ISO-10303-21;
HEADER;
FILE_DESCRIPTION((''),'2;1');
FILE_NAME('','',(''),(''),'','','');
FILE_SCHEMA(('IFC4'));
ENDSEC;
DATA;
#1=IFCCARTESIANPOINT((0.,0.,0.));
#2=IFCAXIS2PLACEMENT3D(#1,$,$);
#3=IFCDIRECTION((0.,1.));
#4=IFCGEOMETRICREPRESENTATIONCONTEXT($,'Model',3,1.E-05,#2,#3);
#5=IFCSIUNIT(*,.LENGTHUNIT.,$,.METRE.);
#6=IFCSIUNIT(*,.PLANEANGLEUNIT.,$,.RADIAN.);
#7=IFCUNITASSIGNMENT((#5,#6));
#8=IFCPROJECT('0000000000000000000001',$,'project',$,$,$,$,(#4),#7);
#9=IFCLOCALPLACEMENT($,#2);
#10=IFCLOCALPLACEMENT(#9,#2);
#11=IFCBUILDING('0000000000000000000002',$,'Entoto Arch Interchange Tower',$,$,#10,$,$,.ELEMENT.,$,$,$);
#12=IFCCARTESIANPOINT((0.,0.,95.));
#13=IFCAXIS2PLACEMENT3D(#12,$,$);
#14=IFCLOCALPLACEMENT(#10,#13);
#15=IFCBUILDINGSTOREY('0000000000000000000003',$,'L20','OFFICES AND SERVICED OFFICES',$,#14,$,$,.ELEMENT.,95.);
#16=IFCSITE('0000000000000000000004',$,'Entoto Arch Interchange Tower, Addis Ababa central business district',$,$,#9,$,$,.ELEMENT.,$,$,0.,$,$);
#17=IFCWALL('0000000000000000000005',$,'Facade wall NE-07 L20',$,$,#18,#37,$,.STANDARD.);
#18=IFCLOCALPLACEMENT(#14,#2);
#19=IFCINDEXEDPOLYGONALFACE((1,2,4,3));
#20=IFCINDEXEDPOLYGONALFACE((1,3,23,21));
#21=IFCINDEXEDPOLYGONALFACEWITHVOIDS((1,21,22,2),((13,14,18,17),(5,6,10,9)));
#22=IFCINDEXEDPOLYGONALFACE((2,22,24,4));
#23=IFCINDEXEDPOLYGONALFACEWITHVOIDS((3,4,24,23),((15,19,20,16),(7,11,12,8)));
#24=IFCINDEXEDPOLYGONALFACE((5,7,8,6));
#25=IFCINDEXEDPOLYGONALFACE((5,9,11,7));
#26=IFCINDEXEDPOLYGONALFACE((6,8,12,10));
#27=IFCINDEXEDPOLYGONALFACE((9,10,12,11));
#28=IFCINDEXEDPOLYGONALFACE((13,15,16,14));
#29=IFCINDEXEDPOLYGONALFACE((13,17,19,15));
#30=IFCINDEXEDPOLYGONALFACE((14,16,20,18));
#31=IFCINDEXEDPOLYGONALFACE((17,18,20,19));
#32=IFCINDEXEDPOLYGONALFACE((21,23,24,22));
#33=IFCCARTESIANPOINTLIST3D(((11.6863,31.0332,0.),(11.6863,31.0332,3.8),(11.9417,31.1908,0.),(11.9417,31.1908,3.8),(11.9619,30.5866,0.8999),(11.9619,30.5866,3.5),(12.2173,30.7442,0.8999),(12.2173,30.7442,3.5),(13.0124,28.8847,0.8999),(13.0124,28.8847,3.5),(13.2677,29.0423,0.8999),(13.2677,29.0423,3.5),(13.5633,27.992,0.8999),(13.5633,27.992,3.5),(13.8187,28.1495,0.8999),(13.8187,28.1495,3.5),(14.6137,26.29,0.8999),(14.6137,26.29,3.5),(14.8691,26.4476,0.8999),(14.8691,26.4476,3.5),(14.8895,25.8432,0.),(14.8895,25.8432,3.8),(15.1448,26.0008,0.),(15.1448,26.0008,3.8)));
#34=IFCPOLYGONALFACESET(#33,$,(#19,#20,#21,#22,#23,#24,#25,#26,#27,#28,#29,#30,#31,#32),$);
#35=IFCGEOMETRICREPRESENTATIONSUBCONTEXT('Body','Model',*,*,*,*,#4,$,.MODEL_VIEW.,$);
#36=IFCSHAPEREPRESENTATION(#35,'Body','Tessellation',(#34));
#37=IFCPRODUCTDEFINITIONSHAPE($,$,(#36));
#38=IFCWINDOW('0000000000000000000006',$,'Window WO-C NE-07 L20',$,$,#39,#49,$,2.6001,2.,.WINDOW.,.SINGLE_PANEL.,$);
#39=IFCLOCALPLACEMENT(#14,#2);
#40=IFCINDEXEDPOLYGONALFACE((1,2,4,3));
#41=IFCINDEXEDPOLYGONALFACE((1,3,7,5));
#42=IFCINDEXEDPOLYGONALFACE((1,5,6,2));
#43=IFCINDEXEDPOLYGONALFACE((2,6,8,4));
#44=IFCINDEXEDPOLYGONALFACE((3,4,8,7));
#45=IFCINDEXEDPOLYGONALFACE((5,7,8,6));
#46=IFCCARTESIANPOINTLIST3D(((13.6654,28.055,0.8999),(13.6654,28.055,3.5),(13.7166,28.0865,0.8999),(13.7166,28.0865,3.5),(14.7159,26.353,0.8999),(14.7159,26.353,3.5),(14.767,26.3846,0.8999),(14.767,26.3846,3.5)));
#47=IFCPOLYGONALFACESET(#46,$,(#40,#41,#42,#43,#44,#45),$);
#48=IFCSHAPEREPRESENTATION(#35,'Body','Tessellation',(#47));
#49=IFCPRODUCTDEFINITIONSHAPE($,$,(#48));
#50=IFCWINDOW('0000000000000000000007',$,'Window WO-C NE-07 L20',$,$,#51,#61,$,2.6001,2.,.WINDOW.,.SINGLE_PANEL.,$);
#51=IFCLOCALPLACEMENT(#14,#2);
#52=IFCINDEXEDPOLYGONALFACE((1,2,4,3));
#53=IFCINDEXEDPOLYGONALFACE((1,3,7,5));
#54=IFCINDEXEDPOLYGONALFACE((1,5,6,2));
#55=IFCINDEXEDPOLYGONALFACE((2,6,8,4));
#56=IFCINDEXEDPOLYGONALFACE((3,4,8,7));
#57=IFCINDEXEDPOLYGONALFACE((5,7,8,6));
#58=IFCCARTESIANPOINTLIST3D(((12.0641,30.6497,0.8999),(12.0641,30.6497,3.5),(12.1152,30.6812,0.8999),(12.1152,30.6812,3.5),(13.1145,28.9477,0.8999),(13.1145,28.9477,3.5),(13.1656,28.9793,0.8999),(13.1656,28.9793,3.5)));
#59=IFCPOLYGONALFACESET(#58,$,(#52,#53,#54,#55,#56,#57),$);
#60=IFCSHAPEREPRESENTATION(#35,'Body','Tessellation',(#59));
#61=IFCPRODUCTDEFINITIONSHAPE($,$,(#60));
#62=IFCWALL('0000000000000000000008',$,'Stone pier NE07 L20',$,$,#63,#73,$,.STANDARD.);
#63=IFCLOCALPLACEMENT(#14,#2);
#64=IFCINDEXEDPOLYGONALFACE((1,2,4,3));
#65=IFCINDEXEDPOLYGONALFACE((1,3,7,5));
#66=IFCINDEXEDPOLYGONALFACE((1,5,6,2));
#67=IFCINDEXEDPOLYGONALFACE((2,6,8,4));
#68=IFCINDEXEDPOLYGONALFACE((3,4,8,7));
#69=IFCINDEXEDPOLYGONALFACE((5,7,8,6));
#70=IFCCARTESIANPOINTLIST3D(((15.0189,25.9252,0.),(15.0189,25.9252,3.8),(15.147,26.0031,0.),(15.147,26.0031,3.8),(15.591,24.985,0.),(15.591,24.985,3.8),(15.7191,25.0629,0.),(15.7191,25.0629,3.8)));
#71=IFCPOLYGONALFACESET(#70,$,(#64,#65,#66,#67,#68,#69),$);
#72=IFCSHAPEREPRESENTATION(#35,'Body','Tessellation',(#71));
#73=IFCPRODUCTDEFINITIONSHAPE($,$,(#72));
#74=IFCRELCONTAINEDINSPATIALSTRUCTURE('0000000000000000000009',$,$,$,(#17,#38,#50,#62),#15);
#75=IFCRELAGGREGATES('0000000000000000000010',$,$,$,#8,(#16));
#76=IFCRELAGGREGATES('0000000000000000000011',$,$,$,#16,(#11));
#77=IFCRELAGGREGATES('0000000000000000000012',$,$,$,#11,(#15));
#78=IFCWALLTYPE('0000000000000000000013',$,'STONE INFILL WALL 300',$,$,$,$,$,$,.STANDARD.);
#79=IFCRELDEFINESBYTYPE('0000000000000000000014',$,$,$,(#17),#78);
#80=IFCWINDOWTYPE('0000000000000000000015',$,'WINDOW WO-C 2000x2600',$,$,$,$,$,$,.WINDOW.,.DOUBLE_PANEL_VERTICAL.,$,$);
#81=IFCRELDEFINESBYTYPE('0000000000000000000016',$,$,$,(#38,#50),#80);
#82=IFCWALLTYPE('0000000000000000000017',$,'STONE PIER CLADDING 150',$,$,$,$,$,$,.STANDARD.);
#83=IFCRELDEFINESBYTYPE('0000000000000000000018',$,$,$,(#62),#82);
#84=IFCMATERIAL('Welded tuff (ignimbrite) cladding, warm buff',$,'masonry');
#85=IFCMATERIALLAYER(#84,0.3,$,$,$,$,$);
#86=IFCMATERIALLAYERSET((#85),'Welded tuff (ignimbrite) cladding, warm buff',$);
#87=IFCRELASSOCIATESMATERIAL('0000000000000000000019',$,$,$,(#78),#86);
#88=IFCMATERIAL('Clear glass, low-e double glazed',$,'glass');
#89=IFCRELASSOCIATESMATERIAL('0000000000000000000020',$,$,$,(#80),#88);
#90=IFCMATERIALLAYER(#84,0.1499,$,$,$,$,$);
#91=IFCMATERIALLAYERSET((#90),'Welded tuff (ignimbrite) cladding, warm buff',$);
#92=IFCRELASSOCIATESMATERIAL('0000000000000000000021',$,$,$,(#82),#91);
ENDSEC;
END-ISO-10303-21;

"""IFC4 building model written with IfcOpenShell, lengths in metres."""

from ifc_helpers import new_model, si_unit, direction, frame, frame_2d, origin, place, context, subcontext, project, spatial, rectangle, extrude, material, layer, layer_set, type_object, element, fill, save


model = new_model("IFC4")

# Units and contexts
model_context = context("Model", 3, precision=1e-05, world=origin(), true_north=direction((0.0, 1.0)))
body_context = subcontext(model_context, "Body", "Model", "MODEL_VIEW")
ifc_project = project(units=[si_unit("LENGTHUNIT", "METRE"), si_unit("PLANEANGLEUNIT", "RADIAN")], contexts=[model_context])

# Site, building, storey
site_placement = place(None, origin())
site = spatial("IfcSite", under=ifc_project, at=site_placement, Name="Entoto Arch Interchange Tower, Addis Ababa central business district", CompositionType="ELEMENT", RefElevation=0.0)
building_placement = place(site_placement, origin())
building = spatial("IfcBuilding", under=site, at=building_placement, Name="Entoto Arch Interchange Tower", CompositionType="ELEMENT")
storey_placement = place(building_placement, frame((0.0, 0.0, 95.0)))
storey = spatial("IfcBuildingStorey", under=building, at=storey_placement, Name="L20", Description="OFFICES AND SERVICED OFFICES", CompositionType="ELEMENT", Elevation=95.0)

# Wall, openings, windows
ifc_material_1 = material(Name="Welded tuff (ignimbrite) cladding, warm buff", Category="masonry")
ifc_layer_1 = layer(ifc_material_1, 0.3)
ifc_layer_set_1 = layer_set([ifc_layer_1], Name="Welded tuff (ignimbrite) cladding, warm buff")
wall_type_1 = type_object("IfcWallType", Name="STONE INFILL WALL 300", PredefinedType="STANDARD", material=ifc_layer_set_1)
wall_1_placement = place(storey_placement, frame((15.0171, 25.9221, 0.0), z_axis=(0.0, 0.0, 1.0), x_axis=(-0.525205, 0.850976, 0.0)))
wall_1 = element("IfcWall", 1, at=wall_1_placement, inside=storey, type_object=wall_type_1, Name="Facade wall NE-07 L20", PredefinedType="STANDARD", context=body_context, shape_type="SweptSolid", body=[
    extrude(rectangle(XDim=6.0989, YDim=0.3, at=frame_2d((3.0493, 0.0))), origin(), (0.0, 0.0, 1.0), 3.8),
])
opening_1_placement = place(wall_1_placement, frame((0.5249, 0.0, 0.8999)))
opening_1 = element("IfcOpeningElement", 2, at=opening_1_placement, cuts=wall_1, PredefinedType="OPENING", context=body_context, shape_type="SweptSolid", body=[
    extrude(rectangle(XDim=2.0, YDim=2.6001, at=frame_2d((1.0, 1.3))), frame((0.0, 0.1602, 0.0), z_axis=(0.0, -1.0, 0.0), x_axis=(1.0, 0.0, 0.0)), (0.0, 0.0, 1.0), 0.3201),
])
opening_2_placement = place(wall_1_placement, frame((3.574, 0.0, 0.8999)))
opening_2 = element("IfcOpeningElement", 3, at=opening_2_placement, cuts=wall_1, PredefinedType="OPENING", context=body_context, shape_type="SweptSolid", body=[
    extrude(rectangle(XDim=2.0, YDim=2.6001, at=frame_2d((1.0, 1.3))), frame((0.0, 0.1602, 0.0), z_axis=(0.0, -1.0, 0.0), x_axis=(1.0, 0.0, 0.0)), (0.0, 0.0, 1.0), 0.3201),
])
ifc_material_2 = material(Name="Clear glass, low-e double glazed", Category="glass")
window_type = type_object("IfcWindowType", Name="WINDOW WO-C 2000x2600", PartitioningType="DOUBLE_PANEL_VERTICAL", PredefinedType="WINDOW", material=ifc_material_2)
window_1_placement = place(opening_1_placement, origin())
window_1 = element("IfcWindow", 4, at=window_1_placement, inside=storey, type_object=window_type, Name="Window WO-C NE-07 L20", OverallHeight=2.6001, OverallWidth=2.0, PartitioningType="SINGLE_PANEL", PredefinedType="WINDOW", context=body_context, shape_type="SweptSolid", body=[
    extrude(rectangle(XDim=2.0, YDim=2.6001, at=frame_2d((1.0, 1.3))), frame((0.0, 0.03, 0.0), z_axis=(0.0, -1.0, 0.0), x_axis=(1.0, 0.0, 0.0)), (0.0, 0.0, 1.0), 0.0601),
])
fill(opening_1, window_1)
window_2_placement = place(opening_2_placement, origin())
window_2 = element("IfcWindow", 5, at=window_2_placement, inside=storey, type_object=window_type, Name="Window WO-C NE-07 L20", OverallHeight=2.6001, OverallWidth=2.0, PartitioningType="SINGLE_PANEL", PredefinedType="WINDOW", context=body_context, shape_type="SweptSolid", body=[
    extrude(rectangle(XDim=2.0, YDim=2.6001, at=frame_2d((1.0, 1.3))), frame((0.0, 0.03, 0.0), z_axis=(0.0, -1.0, 0.0), x_axis=(1.0, 0.0, 0.0)), (0.0, 0.0, 1.0), 0.0601),
])
fill(opening_2, window_2)

# Wall
ifc_layer_2 = layer(ifc_material_1, 0.1499)
ifc_layer_set_2 = layer_set([ifc_layer_2], Name="Welded tuff (ignimbrite) cladding, warm buff")
wall_type_2 = type_object("IfcWallType", Name="STONE PIER CLADDING 150", PredefinedType="STANDARD", material=ifc_layer_set_2)
wall_2_placement = place(storey_placement, frame((15.655, 25.0239, 0.0), z_axis=(0.0, 0.0, 1.0), x_axis=(-0.519771, 0.854306, 0.0)))
element("IfcWall", 6, at=wall_2_placement, inside=storey, type_object=wall_type_2, Name="Stone pier NE07 L20", PredefinedType="STANDARD", context=body_context, shape_type="SweptSolid", body=[
    extrude(rectangle(XDim=1.1006, YDim=0.1499, at=frame_2d((0.5503, 0.0))), origin(), (0.0, 0.0, 1.0), 3.8),
])

save(model, "model.ifc")
